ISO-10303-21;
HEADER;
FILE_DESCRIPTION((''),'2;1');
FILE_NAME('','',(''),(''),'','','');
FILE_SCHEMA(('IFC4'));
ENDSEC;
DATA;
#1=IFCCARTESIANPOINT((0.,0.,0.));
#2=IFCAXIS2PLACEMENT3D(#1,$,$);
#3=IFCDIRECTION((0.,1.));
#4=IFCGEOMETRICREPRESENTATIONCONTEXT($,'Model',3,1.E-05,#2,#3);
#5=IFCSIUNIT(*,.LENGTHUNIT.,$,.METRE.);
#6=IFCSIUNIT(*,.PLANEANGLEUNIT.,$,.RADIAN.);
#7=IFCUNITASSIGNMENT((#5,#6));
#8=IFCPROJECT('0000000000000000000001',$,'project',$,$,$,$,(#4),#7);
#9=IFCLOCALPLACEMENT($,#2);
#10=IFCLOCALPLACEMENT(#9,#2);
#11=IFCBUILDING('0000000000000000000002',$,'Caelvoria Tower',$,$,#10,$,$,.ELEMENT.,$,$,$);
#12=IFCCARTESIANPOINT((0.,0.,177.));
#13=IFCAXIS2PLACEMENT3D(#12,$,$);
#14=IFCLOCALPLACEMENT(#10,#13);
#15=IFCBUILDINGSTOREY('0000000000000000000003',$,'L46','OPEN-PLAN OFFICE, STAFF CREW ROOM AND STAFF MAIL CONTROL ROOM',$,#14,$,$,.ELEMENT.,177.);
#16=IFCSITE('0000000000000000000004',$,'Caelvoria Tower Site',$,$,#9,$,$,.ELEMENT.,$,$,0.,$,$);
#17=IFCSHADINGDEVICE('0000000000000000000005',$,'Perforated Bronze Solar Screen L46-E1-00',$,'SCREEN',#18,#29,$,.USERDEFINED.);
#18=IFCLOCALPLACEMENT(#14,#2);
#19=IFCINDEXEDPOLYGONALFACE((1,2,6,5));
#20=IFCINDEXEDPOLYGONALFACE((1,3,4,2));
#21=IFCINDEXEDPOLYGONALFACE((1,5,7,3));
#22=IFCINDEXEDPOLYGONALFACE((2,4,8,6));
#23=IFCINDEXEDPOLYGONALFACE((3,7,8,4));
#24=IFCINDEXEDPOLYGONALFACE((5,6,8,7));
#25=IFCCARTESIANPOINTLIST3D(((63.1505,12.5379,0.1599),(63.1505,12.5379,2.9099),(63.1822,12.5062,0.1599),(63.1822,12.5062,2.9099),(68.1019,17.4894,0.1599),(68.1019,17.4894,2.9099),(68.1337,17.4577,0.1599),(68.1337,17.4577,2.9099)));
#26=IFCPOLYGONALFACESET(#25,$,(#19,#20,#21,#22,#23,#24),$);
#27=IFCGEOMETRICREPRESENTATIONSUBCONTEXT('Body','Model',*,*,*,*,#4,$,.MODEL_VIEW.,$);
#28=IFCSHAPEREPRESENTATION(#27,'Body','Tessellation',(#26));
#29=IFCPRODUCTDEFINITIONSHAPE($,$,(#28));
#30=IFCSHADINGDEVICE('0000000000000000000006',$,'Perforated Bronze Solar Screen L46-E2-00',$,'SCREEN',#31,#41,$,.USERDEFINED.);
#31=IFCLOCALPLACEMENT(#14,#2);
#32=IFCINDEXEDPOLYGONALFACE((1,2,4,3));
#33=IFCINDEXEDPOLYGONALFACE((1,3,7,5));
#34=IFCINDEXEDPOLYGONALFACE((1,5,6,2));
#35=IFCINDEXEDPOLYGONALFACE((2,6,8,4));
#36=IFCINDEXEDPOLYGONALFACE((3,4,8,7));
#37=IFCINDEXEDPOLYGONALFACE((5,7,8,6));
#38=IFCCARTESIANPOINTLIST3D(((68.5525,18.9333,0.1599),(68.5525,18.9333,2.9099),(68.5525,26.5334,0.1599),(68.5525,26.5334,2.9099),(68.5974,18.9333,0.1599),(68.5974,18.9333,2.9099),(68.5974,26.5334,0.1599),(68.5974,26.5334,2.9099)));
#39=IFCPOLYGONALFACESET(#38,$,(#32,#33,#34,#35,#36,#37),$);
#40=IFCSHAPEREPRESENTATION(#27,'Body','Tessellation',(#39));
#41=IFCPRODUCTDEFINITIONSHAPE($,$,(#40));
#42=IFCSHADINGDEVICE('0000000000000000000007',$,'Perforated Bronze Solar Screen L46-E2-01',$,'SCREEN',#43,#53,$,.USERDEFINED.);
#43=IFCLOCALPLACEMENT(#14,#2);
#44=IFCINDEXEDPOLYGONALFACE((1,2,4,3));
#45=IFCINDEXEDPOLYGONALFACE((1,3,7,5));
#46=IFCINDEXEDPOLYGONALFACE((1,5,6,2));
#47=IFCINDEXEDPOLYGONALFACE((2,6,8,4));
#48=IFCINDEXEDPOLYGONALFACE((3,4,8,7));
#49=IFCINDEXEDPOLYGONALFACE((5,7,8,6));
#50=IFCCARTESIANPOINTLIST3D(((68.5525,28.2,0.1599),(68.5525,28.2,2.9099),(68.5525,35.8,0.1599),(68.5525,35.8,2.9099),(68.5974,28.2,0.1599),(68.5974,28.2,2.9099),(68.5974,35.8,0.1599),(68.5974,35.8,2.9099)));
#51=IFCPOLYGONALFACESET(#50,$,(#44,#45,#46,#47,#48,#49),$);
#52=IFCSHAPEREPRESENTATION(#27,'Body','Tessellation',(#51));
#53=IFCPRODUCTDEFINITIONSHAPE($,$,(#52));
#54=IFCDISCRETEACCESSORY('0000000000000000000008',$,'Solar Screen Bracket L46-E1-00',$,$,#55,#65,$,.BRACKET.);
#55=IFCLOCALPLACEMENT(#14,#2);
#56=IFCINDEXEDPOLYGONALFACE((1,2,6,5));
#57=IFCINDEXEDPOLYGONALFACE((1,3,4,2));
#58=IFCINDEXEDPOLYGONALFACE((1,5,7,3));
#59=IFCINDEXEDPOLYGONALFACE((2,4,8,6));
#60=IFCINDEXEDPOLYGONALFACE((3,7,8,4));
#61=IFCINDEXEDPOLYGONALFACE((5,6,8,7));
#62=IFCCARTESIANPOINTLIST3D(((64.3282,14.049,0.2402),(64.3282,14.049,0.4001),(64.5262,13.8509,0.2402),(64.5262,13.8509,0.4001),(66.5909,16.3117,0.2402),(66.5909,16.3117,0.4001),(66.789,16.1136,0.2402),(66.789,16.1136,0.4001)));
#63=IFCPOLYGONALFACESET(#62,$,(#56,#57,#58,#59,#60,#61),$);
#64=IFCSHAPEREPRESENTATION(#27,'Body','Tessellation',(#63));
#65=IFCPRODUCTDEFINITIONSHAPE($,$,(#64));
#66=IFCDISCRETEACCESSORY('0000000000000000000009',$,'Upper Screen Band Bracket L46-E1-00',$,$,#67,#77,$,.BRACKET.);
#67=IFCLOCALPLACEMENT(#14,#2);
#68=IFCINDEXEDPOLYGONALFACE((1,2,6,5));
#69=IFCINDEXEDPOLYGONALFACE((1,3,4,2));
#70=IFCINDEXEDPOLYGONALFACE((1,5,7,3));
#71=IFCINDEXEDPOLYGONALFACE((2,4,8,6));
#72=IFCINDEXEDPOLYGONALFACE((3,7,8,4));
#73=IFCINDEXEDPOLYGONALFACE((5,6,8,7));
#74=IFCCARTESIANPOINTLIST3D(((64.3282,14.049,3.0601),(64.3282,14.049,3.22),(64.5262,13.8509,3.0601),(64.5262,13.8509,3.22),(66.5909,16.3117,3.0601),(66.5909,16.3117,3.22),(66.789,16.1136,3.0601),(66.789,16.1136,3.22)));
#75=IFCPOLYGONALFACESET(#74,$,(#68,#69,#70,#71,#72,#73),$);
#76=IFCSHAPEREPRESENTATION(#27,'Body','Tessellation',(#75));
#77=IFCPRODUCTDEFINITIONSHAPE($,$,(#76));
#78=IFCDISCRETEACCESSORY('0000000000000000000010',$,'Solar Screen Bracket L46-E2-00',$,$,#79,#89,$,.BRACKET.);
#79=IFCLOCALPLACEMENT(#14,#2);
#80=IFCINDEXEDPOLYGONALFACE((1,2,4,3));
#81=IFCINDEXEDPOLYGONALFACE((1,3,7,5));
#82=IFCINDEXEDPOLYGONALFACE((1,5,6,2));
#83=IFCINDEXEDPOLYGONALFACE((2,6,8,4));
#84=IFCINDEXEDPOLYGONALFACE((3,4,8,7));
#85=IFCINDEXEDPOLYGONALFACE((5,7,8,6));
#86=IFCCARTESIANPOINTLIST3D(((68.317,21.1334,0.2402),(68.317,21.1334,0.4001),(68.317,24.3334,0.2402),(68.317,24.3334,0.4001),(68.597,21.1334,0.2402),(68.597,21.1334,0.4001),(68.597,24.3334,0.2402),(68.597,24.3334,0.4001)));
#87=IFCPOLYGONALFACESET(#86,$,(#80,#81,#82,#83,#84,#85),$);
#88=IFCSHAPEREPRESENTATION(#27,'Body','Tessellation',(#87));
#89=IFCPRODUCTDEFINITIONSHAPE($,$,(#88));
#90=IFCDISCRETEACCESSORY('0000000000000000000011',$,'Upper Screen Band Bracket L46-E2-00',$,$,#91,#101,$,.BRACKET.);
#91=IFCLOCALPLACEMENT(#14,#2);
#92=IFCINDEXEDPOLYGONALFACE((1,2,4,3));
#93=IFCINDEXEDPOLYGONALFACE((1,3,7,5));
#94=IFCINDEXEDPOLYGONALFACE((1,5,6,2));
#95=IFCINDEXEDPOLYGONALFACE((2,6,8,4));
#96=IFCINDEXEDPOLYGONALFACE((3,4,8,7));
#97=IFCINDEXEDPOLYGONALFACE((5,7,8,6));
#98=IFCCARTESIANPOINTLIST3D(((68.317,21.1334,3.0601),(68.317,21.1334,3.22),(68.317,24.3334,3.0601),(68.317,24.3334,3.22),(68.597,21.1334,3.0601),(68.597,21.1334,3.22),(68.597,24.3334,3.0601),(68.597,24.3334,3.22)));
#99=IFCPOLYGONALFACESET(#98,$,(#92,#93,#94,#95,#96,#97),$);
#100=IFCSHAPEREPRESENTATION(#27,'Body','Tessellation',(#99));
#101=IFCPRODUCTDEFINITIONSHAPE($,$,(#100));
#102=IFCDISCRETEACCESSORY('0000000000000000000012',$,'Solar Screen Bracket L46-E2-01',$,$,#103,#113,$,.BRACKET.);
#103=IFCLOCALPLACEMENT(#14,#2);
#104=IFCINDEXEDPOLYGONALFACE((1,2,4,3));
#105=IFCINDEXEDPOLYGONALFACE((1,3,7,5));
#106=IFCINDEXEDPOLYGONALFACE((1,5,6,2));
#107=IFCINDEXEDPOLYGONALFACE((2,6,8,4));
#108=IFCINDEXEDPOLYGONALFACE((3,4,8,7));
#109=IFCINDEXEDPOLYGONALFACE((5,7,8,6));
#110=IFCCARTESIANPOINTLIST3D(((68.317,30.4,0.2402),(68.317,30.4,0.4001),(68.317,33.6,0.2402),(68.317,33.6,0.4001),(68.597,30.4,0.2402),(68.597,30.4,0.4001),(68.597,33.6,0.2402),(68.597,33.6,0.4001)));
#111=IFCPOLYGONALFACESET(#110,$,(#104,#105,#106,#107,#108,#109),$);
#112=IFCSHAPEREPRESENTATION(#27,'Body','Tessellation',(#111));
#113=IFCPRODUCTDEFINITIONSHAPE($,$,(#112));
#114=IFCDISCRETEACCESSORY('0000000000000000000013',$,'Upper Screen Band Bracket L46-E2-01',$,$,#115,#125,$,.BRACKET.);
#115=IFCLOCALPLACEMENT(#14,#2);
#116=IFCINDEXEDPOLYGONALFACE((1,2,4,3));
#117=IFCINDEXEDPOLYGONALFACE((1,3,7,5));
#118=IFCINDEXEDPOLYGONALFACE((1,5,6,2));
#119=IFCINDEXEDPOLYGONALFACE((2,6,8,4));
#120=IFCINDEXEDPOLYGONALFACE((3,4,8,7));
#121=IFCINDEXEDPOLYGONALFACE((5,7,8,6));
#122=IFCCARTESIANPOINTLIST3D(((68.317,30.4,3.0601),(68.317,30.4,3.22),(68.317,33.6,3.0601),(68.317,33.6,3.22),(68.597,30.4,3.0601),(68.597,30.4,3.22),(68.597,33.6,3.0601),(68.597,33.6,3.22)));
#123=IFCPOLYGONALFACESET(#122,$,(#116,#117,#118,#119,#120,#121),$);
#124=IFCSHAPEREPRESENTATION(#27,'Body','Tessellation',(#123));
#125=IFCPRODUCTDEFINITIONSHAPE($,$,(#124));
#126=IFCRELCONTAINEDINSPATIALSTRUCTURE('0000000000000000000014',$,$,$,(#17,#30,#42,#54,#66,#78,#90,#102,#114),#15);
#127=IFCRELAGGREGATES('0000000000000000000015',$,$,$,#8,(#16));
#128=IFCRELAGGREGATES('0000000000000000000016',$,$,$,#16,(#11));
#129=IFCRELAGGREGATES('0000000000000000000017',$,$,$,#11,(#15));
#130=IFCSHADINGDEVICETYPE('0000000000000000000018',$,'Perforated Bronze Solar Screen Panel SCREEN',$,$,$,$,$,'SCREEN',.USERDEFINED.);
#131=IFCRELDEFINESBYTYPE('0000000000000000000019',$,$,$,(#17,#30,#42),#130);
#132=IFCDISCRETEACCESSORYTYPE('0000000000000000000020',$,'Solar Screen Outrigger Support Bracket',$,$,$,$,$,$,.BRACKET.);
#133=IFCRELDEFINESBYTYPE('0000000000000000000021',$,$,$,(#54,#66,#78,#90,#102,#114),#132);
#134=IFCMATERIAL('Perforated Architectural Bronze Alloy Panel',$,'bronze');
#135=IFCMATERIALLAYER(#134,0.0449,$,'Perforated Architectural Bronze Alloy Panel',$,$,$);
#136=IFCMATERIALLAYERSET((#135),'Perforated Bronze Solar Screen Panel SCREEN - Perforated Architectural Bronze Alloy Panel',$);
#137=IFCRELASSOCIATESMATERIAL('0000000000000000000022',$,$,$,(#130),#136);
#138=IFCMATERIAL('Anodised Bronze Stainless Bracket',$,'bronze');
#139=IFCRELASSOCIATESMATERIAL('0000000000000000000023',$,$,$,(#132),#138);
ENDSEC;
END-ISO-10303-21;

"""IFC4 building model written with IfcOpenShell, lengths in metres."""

from ifc_helpers import new_model, si_unit, direction, frame, origin, origin_2d, place, context, subcontext, project, spatial, rectangle, extrude, material, layer, layer_set, type_object, element, save


model = new_model("IFC4")

# Units and contexts
model_context = context("Model", 3, precision=1e-05, world=origin(), true_north=direction((0.0, 1.0)))
body_context = subcontext(model_context, "Body", "Model", "MODEL_VIEW")
ifc_project = project(units=[si_unit("LENGTHUNIT", "METRE"), si_unit("PLANEANGLEUNIT", "RADIAN")], contexts=[model_context])

# Site, building, storey
site_placement = place(None, origin())
site = spatial("IfcSite", under=ifc_project, at=site_placement, Name="Caelvoria Tower Site", CompositionType="ELEMENT", RefElevation=0.0)
building_placement = place(site_placement, origin())
building = spatial("IfcBuilding", under=site, at=building_placement, Name="Caelvoria Tower", CompositionType="ELEMENT")
storey_placement = place(building_placement, frame((0.0, 0.0, 177.0)))
storey = spatial("IfcBuildingStorey", under=building, at=storey_placement, Name="L46", Description="OPEN-PLAN OFFICE, STAFF CREW ROOM AND STAFF MAIL CONTROL ROOM", CompositionType="ELEMENT", Elevation=177.0)

# Shading devices
ifc_material_1 = material(Name="Perforated Architectural Bronze Alloy Panel", Category="bronze")
ifc_layer_1 = layer(ifc_material_1, 0.0449, Name="Perforated Architectural Bronze Alloy Panel")
ifc_layer_set_1 = layer_set([ifc_layer_1], Name="Perforated Bronze Solar Screen Panel SCREEN - Perforated Architectural Bronze Alloy Panel")
shading_device_type = type_object("IfcShadingDeviceType", Name="Perforated Bronze Solar Screen Panel SCREEN", ElementType="SCREEN", PredefinedType="USERDEFINED", material=ifc_layer_set_1)
shading_device_placement = place(storey_placement, frame((65.6421, 14.9978, 0.1599), z_axis=(0.0, 0.0, 1.0), x_axis=(0.707107, 0.707107, 0.0)))
element("IfcShadingDevice", 1, at=shading_device_placement, inside=storey, type_object=shading_device_type, Name="Perforated Bronze Solar Screen L46-E1-00", ObjectType="SCREEN", PredefinedType="USERDEFINED", context=body_context, shape_type="SweptSolid", body=[
    extrude(rectangle(XDim=7.0024, YDim=0.0449, at=origin_2d()), origin(), (0.0, 0.0, 1.0), 2.75),
])
for number, where, z_axis, x_axis, name in (
    (2, (68.575, 22.7334, 0.1599), (0.0, 0.0, 1.0), (0.0, 1.0, 0.0), "Perforated Bronze Solar Screen L46-E2-00"),
    (3, (68.575, 32.0, 0.1599), (0.0, 0.0, 1.0), (0.0, 1.0, 0.0), "Perforated Bronze Solar Screen L46-E2-01"),
):
    element("IfcShadingDevice", number, at=place(storey_placement, frame(where, z_axis=z_axis, x_axis=x_axis)), inside=storey, type_object=shading_device_type, Name=name, ObjectType="SCREEN", PredefinedType="USERDEFINED", context=body_context, shape_type="SweptSolid", body=[
        extrude(rectangle(XDim=7.6001, YDim=0.0449, at=origin_2d()), origin(), (0.0, 0.0, 1.0), 2.75),
    ])

# Discrete accessories
ifc_material_2 = material(Name="Anodised Bronze Stainless Bracket", Category="bronze")
discrete_accessory_type = type_object("IfcDiscreteAccessoryType", Name="Solar Screen Outrigger Support Bracket", PredefinedType="BRACKET", material=ifc_material_2)
for number, where, z_axis, x_axis, name in (
    (4, (65.5586, 15.0813, 0.2402), (0.0, 0.0, 1.0), (0.707107, 0.707107, 0.0), "Solar Screen Bracket L46-E1-00"),
    (5, (65.5586, 15.0813, 3.0601), (0.0, 0.0, 1.0), (0.707107, 0.707107, 0.0), "Upper Screen Band Bracket L46-E1-00"),
    (6, (68.457, 22.7334, 0.2402), (0.0, 0.0, 1.0), (0.0, 1.0, 0.0), "Solar Screen Bracket L46-E2-00"),
    (7, (68.457, 22.7334, 3.0601), (0.0, 0.0, 1.0), (0.0, 1.0, 0.0), "Upper Screen Band Bracket L46-E2-00"),
    (8, (68.457, 32.0, 0.2402), (0.0, 0.0, 1.0), (0.0, 1.0, 0.0), "Solar Screen Bracket L46-E2-01"),
    (9, (68.457, 32.0, 3.0601), (0.0, 0.0, 1.0), (0.0, 1.0, 0.0), "Upper Screen Band Bracket L46-E2-01"),
):
    element("IfcDiscreteAccessory", number, at=place(storey_placement, frame(where, z_axis=z_axis, x_axis=x_axis)), inside=storey, type_object=discrete_accessory_type, Name=name, PredefinedType="BRACKET", context=body_context, shape_type="SweptSolid", body=[
        extrude(rectangle(XDim=3.2, YDim=0.28, at=origin_2d()), origin(), (0.0, 0.0, 1.0), 0.1599),
    ])

save(model, "model.ifc")
